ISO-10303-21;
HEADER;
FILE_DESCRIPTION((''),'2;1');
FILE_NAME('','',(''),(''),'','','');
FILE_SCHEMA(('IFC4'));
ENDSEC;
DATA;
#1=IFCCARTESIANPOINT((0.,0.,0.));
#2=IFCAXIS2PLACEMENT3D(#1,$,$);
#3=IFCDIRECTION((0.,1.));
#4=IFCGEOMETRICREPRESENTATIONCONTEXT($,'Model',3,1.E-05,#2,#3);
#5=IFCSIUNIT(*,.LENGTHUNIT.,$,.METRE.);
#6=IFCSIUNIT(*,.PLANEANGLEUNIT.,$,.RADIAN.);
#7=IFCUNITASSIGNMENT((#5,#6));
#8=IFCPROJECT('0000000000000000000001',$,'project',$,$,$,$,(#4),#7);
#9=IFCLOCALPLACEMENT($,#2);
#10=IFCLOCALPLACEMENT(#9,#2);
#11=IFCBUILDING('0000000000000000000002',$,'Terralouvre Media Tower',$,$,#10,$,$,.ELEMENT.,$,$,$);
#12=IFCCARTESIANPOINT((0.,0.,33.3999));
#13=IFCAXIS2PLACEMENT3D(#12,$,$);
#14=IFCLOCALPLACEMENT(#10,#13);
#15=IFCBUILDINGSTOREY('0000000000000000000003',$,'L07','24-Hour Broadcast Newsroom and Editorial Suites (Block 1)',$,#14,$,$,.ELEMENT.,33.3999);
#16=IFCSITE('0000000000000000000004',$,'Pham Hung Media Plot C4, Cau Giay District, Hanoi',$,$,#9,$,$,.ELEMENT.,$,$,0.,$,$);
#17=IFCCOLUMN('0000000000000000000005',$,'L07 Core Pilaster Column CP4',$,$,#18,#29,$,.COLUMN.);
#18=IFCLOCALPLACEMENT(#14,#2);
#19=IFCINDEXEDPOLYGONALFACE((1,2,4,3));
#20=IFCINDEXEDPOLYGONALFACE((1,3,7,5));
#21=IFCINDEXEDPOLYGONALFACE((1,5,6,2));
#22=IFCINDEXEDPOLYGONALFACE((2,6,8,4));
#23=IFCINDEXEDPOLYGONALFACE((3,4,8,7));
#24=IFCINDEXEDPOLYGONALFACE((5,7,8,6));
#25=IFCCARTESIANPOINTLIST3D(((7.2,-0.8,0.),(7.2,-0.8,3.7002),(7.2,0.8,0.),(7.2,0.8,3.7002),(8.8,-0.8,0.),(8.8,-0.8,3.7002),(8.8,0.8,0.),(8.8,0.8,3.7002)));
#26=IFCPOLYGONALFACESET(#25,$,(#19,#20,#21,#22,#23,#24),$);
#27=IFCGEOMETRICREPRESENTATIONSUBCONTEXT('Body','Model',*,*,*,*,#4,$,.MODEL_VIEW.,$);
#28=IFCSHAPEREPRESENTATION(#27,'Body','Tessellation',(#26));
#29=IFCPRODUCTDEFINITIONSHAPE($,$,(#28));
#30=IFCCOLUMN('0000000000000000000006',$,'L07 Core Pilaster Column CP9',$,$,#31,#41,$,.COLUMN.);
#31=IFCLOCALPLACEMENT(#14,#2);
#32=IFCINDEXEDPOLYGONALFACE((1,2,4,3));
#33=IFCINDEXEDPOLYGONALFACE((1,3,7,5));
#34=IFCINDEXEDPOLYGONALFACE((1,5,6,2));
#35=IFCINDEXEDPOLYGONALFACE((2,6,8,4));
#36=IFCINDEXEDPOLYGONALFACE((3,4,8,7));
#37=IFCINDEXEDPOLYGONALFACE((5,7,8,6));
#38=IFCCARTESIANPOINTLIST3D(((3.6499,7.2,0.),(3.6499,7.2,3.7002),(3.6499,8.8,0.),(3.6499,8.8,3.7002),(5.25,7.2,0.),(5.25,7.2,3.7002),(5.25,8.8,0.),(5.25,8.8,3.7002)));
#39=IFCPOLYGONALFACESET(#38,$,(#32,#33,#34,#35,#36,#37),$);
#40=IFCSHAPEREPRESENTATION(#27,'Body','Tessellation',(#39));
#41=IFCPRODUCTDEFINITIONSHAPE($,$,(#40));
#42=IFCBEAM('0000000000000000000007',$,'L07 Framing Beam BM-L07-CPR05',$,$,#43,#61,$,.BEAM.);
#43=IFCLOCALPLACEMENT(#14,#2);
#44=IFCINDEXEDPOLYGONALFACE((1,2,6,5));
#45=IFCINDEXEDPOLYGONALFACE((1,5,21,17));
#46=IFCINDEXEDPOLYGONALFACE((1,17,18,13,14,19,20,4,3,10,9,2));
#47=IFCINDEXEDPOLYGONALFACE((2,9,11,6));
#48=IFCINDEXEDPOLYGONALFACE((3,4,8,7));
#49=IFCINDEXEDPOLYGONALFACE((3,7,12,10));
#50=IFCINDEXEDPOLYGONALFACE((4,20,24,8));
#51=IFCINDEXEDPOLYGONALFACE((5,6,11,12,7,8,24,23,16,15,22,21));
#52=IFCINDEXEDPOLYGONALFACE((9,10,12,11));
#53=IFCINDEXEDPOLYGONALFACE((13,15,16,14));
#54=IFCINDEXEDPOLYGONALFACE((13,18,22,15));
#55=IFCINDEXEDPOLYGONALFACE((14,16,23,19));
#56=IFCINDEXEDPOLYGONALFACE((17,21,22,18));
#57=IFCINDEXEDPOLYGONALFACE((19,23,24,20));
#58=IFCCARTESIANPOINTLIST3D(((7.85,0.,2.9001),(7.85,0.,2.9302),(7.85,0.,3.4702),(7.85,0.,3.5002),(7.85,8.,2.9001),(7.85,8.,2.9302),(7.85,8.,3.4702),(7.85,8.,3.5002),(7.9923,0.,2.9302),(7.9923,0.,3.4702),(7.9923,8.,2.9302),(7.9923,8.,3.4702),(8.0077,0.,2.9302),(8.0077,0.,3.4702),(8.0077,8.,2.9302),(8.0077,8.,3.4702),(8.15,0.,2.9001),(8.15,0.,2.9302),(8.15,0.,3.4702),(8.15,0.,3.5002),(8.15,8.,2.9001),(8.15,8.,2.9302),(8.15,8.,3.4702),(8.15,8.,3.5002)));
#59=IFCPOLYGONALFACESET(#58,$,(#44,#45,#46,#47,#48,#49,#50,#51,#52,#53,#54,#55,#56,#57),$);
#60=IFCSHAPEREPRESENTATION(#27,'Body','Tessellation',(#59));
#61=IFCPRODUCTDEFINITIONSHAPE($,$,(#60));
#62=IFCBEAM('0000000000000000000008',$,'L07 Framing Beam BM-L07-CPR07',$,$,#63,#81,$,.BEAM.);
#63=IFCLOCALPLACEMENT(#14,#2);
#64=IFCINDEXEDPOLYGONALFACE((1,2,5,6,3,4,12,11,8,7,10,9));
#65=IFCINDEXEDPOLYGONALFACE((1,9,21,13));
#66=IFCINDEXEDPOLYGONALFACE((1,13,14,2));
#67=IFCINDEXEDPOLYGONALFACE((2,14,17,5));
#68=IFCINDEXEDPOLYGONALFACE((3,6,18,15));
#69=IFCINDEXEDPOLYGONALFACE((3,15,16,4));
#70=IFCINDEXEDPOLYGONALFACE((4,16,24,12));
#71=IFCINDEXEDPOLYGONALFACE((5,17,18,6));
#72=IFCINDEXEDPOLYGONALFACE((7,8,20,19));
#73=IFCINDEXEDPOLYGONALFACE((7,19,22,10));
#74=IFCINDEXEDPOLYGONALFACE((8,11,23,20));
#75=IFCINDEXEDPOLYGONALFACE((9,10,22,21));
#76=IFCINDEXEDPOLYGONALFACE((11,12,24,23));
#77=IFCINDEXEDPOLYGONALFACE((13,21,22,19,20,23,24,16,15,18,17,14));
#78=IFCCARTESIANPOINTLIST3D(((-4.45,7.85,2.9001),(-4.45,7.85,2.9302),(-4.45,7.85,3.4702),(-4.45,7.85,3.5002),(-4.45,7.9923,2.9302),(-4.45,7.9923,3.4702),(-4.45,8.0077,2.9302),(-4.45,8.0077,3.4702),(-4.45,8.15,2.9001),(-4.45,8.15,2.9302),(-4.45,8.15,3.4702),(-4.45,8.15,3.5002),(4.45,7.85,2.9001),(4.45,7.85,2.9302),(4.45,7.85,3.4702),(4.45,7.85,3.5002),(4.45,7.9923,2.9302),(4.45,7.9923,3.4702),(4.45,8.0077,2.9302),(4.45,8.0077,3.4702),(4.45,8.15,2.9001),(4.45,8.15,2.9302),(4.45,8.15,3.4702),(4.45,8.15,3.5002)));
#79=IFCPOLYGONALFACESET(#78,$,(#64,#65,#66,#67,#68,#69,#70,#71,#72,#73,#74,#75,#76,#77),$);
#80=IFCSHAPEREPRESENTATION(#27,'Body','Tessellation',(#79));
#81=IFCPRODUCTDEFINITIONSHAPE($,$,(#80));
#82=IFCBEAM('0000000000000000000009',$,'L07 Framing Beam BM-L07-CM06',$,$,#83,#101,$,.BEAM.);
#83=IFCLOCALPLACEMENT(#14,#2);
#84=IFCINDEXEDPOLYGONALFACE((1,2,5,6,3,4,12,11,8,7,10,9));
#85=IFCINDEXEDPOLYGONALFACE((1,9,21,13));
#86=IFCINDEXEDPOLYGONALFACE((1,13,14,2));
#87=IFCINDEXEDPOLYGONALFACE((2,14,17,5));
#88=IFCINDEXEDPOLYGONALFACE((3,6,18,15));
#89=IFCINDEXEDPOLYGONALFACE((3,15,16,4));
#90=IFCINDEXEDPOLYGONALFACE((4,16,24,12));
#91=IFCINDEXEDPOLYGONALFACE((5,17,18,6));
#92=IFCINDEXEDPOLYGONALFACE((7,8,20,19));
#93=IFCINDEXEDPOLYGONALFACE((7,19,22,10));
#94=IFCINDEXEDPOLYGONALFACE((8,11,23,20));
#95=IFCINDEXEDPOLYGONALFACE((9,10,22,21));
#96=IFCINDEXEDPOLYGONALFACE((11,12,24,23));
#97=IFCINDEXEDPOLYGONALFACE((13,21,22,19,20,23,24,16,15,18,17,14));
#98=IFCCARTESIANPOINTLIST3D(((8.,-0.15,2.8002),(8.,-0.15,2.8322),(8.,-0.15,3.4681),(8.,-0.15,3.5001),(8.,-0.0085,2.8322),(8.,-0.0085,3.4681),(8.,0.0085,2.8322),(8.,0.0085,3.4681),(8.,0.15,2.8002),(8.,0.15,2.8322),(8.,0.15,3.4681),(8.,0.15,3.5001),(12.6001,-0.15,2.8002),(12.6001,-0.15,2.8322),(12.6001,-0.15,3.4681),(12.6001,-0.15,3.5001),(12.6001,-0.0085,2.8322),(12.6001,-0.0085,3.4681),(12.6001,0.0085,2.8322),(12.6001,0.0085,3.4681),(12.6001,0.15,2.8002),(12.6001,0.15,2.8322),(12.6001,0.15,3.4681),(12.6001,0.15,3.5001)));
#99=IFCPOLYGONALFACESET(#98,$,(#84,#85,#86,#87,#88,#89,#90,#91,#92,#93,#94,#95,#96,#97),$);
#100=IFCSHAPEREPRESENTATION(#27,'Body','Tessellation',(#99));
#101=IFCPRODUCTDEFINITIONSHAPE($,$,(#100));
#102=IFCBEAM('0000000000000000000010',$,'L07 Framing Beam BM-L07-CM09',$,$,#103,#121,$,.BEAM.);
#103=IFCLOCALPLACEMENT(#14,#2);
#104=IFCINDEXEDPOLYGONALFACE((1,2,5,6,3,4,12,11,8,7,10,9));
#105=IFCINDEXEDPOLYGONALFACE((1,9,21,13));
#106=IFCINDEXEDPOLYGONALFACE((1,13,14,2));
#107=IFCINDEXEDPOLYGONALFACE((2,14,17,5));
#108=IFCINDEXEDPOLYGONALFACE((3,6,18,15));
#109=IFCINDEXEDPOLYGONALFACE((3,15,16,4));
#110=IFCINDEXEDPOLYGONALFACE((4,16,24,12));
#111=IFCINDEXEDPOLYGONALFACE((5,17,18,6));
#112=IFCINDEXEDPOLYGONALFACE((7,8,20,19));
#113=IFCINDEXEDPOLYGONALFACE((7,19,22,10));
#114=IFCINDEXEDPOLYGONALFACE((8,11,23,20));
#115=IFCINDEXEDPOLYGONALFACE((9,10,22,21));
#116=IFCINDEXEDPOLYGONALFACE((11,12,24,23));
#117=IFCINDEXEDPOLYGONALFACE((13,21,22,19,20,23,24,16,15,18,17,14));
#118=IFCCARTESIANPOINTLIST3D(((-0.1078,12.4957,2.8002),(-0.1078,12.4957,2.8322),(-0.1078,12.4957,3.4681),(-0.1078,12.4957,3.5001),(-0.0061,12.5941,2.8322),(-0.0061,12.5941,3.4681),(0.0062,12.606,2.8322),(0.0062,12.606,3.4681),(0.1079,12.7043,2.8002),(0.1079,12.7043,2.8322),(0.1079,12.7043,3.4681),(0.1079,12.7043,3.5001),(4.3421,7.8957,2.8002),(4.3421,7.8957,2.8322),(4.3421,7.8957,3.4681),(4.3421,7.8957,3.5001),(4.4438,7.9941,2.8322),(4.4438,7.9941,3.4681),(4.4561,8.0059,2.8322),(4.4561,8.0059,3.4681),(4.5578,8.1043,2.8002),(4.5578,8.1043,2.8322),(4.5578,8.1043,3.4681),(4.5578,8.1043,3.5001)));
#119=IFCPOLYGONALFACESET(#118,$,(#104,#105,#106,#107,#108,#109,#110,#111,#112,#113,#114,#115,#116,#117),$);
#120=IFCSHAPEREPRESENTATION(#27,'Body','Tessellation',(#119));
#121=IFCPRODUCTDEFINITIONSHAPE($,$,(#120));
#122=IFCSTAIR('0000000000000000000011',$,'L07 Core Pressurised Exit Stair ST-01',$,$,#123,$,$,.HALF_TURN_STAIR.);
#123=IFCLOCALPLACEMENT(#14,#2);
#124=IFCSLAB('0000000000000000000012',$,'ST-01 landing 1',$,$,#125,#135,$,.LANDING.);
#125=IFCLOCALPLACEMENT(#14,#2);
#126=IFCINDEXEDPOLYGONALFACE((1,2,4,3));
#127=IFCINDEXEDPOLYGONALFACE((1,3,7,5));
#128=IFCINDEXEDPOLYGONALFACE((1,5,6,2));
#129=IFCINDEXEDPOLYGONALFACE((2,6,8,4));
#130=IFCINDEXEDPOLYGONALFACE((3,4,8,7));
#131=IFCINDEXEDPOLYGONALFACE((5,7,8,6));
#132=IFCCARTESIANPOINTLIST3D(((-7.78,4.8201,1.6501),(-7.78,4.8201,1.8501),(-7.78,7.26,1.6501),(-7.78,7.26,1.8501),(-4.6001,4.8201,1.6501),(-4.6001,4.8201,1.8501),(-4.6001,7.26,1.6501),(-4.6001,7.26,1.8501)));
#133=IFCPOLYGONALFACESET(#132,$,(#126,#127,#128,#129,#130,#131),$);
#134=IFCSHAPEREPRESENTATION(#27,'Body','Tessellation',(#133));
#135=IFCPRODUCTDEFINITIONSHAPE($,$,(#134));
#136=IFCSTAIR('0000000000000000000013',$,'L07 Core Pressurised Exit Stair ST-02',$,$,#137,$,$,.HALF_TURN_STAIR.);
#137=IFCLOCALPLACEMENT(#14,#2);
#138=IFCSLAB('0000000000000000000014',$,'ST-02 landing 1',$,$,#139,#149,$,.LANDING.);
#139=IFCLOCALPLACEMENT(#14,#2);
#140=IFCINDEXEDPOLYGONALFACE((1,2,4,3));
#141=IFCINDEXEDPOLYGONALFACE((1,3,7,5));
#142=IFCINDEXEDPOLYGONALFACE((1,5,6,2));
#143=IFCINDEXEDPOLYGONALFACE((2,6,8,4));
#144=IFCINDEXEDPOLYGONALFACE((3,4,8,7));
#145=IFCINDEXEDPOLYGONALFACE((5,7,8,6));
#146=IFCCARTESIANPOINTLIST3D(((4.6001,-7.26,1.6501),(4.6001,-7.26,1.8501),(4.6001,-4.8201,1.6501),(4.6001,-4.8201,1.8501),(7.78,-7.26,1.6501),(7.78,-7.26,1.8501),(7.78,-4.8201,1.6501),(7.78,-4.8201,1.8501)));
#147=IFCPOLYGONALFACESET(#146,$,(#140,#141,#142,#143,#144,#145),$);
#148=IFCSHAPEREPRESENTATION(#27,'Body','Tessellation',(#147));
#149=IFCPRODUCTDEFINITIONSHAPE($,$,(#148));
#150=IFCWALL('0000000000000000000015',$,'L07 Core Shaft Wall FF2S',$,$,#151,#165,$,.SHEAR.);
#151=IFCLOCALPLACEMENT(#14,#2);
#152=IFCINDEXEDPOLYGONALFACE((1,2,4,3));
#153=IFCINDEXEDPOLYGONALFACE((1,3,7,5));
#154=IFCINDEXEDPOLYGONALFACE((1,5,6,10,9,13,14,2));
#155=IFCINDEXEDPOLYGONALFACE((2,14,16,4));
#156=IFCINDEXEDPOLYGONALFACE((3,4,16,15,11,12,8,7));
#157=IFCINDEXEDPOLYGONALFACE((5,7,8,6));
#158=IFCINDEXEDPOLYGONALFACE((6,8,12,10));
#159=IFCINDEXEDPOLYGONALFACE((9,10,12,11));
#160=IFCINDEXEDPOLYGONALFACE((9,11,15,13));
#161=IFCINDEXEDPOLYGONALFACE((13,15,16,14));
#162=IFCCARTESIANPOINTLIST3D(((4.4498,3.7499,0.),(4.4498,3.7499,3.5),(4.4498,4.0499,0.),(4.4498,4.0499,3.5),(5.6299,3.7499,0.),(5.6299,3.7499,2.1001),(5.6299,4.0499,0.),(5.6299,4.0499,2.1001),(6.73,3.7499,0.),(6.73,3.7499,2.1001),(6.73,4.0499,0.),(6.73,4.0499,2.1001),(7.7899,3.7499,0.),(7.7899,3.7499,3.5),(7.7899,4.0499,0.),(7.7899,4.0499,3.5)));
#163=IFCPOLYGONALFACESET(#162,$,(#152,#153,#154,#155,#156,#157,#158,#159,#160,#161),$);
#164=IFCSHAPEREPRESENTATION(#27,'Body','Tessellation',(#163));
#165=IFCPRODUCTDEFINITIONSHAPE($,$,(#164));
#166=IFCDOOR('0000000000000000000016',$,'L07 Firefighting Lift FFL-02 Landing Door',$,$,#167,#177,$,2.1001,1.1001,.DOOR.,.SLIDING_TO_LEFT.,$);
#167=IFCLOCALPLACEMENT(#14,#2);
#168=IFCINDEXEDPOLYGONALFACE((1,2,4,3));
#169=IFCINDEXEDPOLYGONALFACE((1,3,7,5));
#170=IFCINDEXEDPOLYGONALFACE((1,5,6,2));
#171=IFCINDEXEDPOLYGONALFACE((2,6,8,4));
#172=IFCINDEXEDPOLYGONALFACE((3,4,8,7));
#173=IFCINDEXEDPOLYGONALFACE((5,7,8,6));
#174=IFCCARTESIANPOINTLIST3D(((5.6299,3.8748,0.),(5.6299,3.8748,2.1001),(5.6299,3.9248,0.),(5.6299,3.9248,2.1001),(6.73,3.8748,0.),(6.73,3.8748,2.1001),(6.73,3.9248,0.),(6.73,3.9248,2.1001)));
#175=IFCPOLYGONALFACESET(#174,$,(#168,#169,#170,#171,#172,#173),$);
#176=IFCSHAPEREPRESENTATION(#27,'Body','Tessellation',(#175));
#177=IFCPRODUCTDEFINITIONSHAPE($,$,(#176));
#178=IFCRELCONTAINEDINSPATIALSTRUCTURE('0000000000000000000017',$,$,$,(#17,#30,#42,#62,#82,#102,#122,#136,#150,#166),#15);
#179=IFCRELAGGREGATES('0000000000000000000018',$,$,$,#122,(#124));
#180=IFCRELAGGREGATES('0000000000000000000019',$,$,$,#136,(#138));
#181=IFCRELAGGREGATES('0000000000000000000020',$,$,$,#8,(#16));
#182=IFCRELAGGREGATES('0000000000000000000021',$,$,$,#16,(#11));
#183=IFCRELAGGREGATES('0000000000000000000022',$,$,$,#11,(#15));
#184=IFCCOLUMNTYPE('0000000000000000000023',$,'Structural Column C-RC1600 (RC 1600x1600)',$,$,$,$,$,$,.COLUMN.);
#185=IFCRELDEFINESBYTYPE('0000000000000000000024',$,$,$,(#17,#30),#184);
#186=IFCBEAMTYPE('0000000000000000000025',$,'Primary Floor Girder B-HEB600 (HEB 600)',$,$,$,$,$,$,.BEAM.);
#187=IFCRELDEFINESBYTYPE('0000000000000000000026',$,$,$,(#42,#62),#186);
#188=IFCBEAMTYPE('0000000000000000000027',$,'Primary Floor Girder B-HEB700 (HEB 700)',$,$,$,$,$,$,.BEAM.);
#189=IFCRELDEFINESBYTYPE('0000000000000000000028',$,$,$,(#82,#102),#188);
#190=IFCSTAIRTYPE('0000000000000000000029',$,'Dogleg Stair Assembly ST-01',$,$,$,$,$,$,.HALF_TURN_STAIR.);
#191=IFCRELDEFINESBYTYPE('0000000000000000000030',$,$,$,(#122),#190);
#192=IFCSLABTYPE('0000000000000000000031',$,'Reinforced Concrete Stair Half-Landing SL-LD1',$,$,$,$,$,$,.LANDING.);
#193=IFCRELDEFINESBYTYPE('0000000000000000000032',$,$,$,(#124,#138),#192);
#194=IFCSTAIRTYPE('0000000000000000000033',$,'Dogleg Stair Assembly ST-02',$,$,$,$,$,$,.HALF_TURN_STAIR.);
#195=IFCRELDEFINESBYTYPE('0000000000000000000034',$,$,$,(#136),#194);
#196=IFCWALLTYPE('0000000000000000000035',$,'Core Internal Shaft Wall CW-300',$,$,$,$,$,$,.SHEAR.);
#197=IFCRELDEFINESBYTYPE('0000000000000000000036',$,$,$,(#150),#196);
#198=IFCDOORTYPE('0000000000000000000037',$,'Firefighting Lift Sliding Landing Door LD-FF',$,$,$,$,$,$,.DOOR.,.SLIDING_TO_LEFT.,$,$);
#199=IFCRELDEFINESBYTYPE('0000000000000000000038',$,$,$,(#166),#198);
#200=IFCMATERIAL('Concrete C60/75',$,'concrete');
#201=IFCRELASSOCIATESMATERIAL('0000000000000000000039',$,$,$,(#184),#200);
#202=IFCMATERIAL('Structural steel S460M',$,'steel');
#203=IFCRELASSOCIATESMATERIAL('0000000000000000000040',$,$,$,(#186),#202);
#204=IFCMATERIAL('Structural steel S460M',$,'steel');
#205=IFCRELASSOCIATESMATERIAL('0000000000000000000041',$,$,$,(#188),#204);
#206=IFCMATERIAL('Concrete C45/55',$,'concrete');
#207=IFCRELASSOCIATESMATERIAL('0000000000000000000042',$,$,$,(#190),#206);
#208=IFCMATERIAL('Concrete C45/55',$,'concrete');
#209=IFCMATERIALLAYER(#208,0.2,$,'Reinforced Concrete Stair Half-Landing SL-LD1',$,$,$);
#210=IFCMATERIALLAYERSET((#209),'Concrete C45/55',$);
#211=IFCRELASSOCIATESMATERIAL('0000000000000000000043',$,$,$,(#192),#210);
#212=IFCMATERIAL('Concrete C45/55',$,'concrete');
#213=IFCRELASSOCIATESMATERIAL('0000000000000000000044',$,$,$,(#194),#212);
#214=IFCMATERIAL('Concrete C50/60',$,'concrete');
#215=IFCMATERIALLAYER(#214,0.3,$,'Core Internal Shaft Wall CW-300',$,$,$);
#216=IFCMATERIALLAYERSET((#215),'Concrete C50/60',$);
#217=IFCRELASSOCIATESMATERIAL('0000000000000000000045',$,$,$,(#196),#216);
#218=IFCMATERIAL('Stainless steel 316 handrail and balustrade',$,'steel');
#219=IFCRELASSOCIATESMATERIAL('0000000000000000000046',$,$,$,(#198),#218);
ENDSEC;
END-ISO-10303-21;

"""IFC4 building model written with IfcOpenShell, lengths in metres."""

from ifc_helpers import new_model, si_unit, direction, frame, frame_2d, origin, origin_2d, place, context, subcontext, project, spatial, polyline, rectangle, i_section, outline, extrude, material, layer, layer_set, material_profile, profile_set, type_object, element, fill, aggregate, save


model = new_model("IFC4")

# Units and contexts
model_context = context("Model", 3, precision=1e-05, world=origin(), true_north=direction((0.0, 1.0)))
body_context = subcontext(model_context, "Body", "Model", "MODEL_VIEW")
ifc_project = project(units=[si_unit("LENGTHUNIT", "METRE"), si_unit("PLANEANGLEUNIT", "RADIAN")], contexts=[model_context])

# Site, building, storey
site_placement = place(None, origin())
site = spatial("IfcSite", under=ifc_project, at=site_placement, Name="Pham Hung Media Plot C4, Cau Giay District, Hanoi", CompositionType="ELEMENT", RefElevation=0.0)
building_placement = place(site_placement, origin())
building = spatial("IfcBuilding", under=site, at=building_placement, Name="Terralouvre Media Tower", CompositionType="ELEMENT")
storey_placement = place(building_placement, frame((0.0, 0.0, 33.3999)))
storey = spatial("IfcBuildingStorey", under=building, at=storey_placement, Name="L07", Description="24-Hour Broadcast Newsroom and Editorial Suites (Block 1)", CompositionType="ELEMENT", Elevation=33.3999)

# Columns
ifc_material_1 = material(Name="Concrete C60/75", Category="concrete")
ifc_material_profile_1 = material_profile(ifc_material_1, rectangle(XDim=1.6001, YDim=1.6001, at=origin_2d()), Name="RC 1600x1600")
ifc_profile_set_1 = profile_set([ifc_material_profile_1], Name="Concrete C60/75")
column_type = type_object("IfcColumnType", Name="Structural Column C-RC1600 (RC 1600x1600)", PredefinedType="COLUMN", material=ifc_profile_set_1)
for number, where, z_axis, x_axis, name in (
    (1, (8.0, 0.0, 0.0), (0.0, 0.0, 1.0), (1.0, 0.0, 0.0), "L07 Core Pilaster Column CP4"),
    (2, (4.45, 8.0, 0.0), (0.0, 0.0, 1.0), (1.0, 0.0, 0.0), "L07 Core Pilaster Column CP9"),
):
    element("IfcColumn", number, at=place(storey_placement, frame(where, z_axis=z_axis, x_axis=x_axis)), inside=storey, type_object=column_type, Name=name, PredefinedType="COLUMN", context=body_context, shape_type="SweptSolid", body=[
        extrude(rectangle(XDim=1.6001, YDim=1.6001, at=origin_2d()), origin(), (0.0, 0.0, 1.0), 3.7002),
    ])

# Beams
ifc_material_2 = material(Name="Structural steel S460M", Category="steel")
ifc_material_profile_2 = material_profile(ifc_material_2, i_section(OverallWidth=0.3, OverallDepth=0.6001, WebThickness=0.0154, FlangeThickness=0.03, at=origin_2d()), Name="HEB 600")
ifc_profile_set_2 = profile_set([ifc_material_profile_2], Name="Structural steel S460M")
beam_type_1 = type_object("IfcBeamType", Name="Primary Floor Girder B-HEB600 (HEB 600)", PredefinedType="BEAM", material=ifc_profile_set_2)
beam_1_placement = place(storey_placement, frame((8.0, 0.0, 3.2002), z_axis=(0.0, 1.0, 0.0), x_axis=(-1.0, 0.0, 0.0)))
element("IfcBeam", 3, at=beam_1_placement, inside=storey, type_object=beam_type_1, Name="L07 Framing Beam BM-L07-CPR05", PredefinedType="BEAM", context=body_context, shape_type="SweptSolid", body=[
    extrude(i_section(OverallWidth=0.3, OverallDepth=0.6001, WebThickness=0.0154, FlangeThickness=0.03, at=origin_2d()), origin(), (0.0, 0.0, 1.0), 8.0),
])
beam_2_placement = place(storey_placement, frame((4.45, 8.0, 3.2002), z_axis=(-1.0, 0.0, 0.0), x_axis=(0.0, -1.0, 0.0)))
element("IfcBeam", 4, at=beam_2_placement, inside=storey, type_object=beam_type_1, Name="L07 Framing Beam BM-L07-CPR07", PredefinedType="BEAM", context=body_context, shape_type="SweptSolid", body=[
    extrude(i_section(OverallWidth=0.3, OverallDepth=0.6001, WebThickness=0.0154, FlangeThickness=0.03, at=origin_2d()), origin(), (0.0, 0.0, 1.0), 8.8999),
])
ifc_material_3 = material(Name="Structural steel S460M", Category="steel")
ifc_material_profile_3 = material_profile(ifc_material_3, i_section(OverallWidth=0.3, OverallDepth=0.7, WebThickness=0.0171, FlangeThickness=0.032, at=origin_2d()), Name="HEB 700")
ifc_profile_set_3 = profile_set([ifc_material_profile_3], Name="Structural steel S460M")
beam_type_2 = type_object("IfcBeamType", Name="Primary Floor Girder B-HEB700 (HEB 700)", PredefinedType="BEAM", material=ifc_profile_set_3)
beam_3_placement = place(storey_placement, frame((8.0, 0.0, 3.1501), z_axis=(1.0, 0.0, 0.0), x_axis=(0.0, 1.0, 0.0)))
element("IfcBeam", 5, at=beam_3_placement, inside=storey, type_object=beam_type_2, Name="L07 Framing Beam BM-L07-CM06", PredefinedType="BEAM", context=body_context, shape_type="SweptSolid", body=[
    extrude(i_section(OverallWidth=0.3, OverallDepth=0.7, WebThickness=0.0171, FlangeThickness=0.032, at=origin_2d()), origin(), (0.0, 0.0, 1.0), 4.6001),
])
beam_4_placement = place(storey_placement, frame((4.45, 8.0, 3.1501), z_axis=(-0.69528, 0.718739, 0.0), x_axis=(-0.718739, -0.69528, 0.0)))
element("IfcBeam", 6, at=beam_4_placement, inside=storey, type_object=beam_type_2, Name="L07 Framing Beam BM-L07-CM09", PredefinedType="BEAM", context=body_context, shape_type="SweptSolid", body=[
    extrude(i_section(OverallWidth=0.3, OverallDepth=0.7, WebThickness=0.0171, FlangeThickness=0.032, at=origin_2d()), origin(), (0.0, 0.0, 1.0), 6.4001),
])

# Stairs, slabs
ifc_material_4 = material(Name="Concrete C45/55", Category="concrete")
stair_type_1 = type_object("IfcStairType", Name="Dogleg Stair Assembly ST-01", PredefinedType="HALF_TURN_STAIR", material=ifc_material_4)
stair_1_placement = place(storey_placement, origin())
stair_1 = element("IfcStair", 7, at=stair_1_placement, inside=storey, type_object=stair_type_1, Name="L07 Core Pressurised Exit Stair ST-01", PredefinedType="HALF_TURN_STAIR")
ifc_material_5 = material(Name="Concrete C45/55", Category="concrete")
ifc_layer_1 = layer(ifc_material_5, 0.2, Name="Reinforced Concrete Stair Half-Landing SL-LD1")
ifc_layer_set_1 = layer_set([ifc_layer_1], Name="Concrete C45/55")
slab_type = type_object("IfcSlabType", Name="Reinforced Concrete Stair Half-Landing SL-LD1", PredefinedType="LANDING", material=ifc_layer_set_1)
slab_1_placement = place(storey_placement, frame((0.0, 0.0, 1.6501)))
slab_1 = element("IfcSlab", 8, at=slab_1_placement, type_object=slab_type, Name="ST-01 landing 1", PredefinedType="LANDING", context=body_context, shape_type="SweptSolid", body=[
    extrude(outline(polyline([(-4.6001, 4.8201), (-4.6001, 7.26), (-7.78, 7.26), (-7.78, 4.8201), (-4.6001, 4.8201)])), origin(), (0.0, 0.0, 1.0), 0.2),
])
aggregate(stair_1, [slab_1])
ifc_material_6 = material(Name="Concrete C45/55", Category="concrete")
stair_type_2 = type_object("IfcStairType", Name="Dogleg Stair Assembly ST-02", PredefinedType="HALF_TURN_STAIR", material=ifc_material_6)
stair_2_placement = place(storey_placement, origin())
stair_2 = element("IfcStair", 9, at=stair_2_placement, inside=storey, type_object=stair_type_2, Name="L07 Core Pressurised Exit Stair ST-02", PredefinedType="HALF_TURN_STAIR")
slab_2_placement = place(storey_placement, frame((0.0, 0.0, 1.6501)))
slab_2 = element("IfcSlab", 10, at=slab_2_placement, type_object=slab_type, Name="ST-02 landing 1", PredefinedType="LANDING", context=body_context, shape_type="SweptSolid", body=[
    extrude(outline(polyline([(4.6001, -4.8201), (4.6001, -7.26), (7.78, -7.26), (7.78, -4.8201), (4.6001, -4.8201)])), origin(), (0.0, 0.0, 1.0), 0.2),
])
aggregate(stair_2, [slab_2])

# Wall, opening, door
ifc_material_7 = material(Name="Concrete C50/60", Category="concrete")
ifc_layer_2 = layer(ifc_material_7, 0.3, Name="Core Internal Shaft Wall CW-300")
ifc_layer_set_2 = layer_set([ifc_layer_2], Name="Concrete C50/60")
wall_type = type_object("IfcWallType", Name="Core Internal Shaft Wall CW-300", PredefinedType="SHEAR", material=ifc_layer_set_2)
wall_1_placement = place(storey_placement, frame((4.45, 3.8999, 0.0), z_axis=(0.0, 0.0, 1.0), x_axis=(1.0, 0.0, 0.0)))
wall_1 = element("IfcWall", 11, at=wall_1_placement, inside=storey, type_object=wall_type, Name="L07 Core Shaft Wall FF2S", PredefinedType="SHEAR", context=body_context, shape_type="SweptSolid", body=[
    extrude(rectangle(XDim=3.3401, YDim=0.3, at=frame_2d((1.6699, 0.0))), origin(), (0.0, 0.0, 1.0), 3.5),
])
opening_1_placement = place(wall_1_placement, frame((1.1799, 0.0, 0.0)))
opening_1 = element("IfcOpeningElement", 12, at=opening_1_placement, cuts=wall_1, PredefinedType="OPENING", context=body_context, shape_type="SweptSolid", body=[
    extrude(rectangle(XDim=1.1001, YDim=2.1001, at=frame_2d((0.55, 1.05))), frame((0.0, 0.1599, 0.0), z_axis=(0.0, -1.0, 0.0), x_axis=(1.0, 0.0, 0.0)), (0.0, 0.0, 1.0), 0.3201),
])
ifc_material_8 = material(Name="Stainless steel 316 handrail and balustrade", Category="steel")
door_type_1 = type_object("IfcDoorType", Name="Firefighting Lift Sliding Landing Door LD-FF", OperationType="SLIDING_TO_LEFT", PredefinedType="DOOR", material=ifc_material_8)
door_1_placement = place(opening_1_placement, origin())
door_1 = element("IfcDoor", 13, at=door_1_placement, inside=storey, type_object=door_type_1, Name="L07 Firefighting Lift FFL-02 Landing Door", OperationType="SLIDING_TO_LEFT", OverallHeight=2.1001, OverallWidth=1.1001, PredefinedType="DOOR", context=body_context, shape_type="SweptSolid", body=[
    extrude(rectangle(XDim=1.1001, YDim=2.1001, at=frame_2d((0.55, 1.05))), frame((0.0, 0.0249, 0.0), z_axis=(0.0, -1.0, 0.0), x_axis=(1.0, 0.0, 0.0)), (0.0, 0.0, 1.0), 0.05),
])
fill(opening_1, door_1)

save(model, "model.ifc")
